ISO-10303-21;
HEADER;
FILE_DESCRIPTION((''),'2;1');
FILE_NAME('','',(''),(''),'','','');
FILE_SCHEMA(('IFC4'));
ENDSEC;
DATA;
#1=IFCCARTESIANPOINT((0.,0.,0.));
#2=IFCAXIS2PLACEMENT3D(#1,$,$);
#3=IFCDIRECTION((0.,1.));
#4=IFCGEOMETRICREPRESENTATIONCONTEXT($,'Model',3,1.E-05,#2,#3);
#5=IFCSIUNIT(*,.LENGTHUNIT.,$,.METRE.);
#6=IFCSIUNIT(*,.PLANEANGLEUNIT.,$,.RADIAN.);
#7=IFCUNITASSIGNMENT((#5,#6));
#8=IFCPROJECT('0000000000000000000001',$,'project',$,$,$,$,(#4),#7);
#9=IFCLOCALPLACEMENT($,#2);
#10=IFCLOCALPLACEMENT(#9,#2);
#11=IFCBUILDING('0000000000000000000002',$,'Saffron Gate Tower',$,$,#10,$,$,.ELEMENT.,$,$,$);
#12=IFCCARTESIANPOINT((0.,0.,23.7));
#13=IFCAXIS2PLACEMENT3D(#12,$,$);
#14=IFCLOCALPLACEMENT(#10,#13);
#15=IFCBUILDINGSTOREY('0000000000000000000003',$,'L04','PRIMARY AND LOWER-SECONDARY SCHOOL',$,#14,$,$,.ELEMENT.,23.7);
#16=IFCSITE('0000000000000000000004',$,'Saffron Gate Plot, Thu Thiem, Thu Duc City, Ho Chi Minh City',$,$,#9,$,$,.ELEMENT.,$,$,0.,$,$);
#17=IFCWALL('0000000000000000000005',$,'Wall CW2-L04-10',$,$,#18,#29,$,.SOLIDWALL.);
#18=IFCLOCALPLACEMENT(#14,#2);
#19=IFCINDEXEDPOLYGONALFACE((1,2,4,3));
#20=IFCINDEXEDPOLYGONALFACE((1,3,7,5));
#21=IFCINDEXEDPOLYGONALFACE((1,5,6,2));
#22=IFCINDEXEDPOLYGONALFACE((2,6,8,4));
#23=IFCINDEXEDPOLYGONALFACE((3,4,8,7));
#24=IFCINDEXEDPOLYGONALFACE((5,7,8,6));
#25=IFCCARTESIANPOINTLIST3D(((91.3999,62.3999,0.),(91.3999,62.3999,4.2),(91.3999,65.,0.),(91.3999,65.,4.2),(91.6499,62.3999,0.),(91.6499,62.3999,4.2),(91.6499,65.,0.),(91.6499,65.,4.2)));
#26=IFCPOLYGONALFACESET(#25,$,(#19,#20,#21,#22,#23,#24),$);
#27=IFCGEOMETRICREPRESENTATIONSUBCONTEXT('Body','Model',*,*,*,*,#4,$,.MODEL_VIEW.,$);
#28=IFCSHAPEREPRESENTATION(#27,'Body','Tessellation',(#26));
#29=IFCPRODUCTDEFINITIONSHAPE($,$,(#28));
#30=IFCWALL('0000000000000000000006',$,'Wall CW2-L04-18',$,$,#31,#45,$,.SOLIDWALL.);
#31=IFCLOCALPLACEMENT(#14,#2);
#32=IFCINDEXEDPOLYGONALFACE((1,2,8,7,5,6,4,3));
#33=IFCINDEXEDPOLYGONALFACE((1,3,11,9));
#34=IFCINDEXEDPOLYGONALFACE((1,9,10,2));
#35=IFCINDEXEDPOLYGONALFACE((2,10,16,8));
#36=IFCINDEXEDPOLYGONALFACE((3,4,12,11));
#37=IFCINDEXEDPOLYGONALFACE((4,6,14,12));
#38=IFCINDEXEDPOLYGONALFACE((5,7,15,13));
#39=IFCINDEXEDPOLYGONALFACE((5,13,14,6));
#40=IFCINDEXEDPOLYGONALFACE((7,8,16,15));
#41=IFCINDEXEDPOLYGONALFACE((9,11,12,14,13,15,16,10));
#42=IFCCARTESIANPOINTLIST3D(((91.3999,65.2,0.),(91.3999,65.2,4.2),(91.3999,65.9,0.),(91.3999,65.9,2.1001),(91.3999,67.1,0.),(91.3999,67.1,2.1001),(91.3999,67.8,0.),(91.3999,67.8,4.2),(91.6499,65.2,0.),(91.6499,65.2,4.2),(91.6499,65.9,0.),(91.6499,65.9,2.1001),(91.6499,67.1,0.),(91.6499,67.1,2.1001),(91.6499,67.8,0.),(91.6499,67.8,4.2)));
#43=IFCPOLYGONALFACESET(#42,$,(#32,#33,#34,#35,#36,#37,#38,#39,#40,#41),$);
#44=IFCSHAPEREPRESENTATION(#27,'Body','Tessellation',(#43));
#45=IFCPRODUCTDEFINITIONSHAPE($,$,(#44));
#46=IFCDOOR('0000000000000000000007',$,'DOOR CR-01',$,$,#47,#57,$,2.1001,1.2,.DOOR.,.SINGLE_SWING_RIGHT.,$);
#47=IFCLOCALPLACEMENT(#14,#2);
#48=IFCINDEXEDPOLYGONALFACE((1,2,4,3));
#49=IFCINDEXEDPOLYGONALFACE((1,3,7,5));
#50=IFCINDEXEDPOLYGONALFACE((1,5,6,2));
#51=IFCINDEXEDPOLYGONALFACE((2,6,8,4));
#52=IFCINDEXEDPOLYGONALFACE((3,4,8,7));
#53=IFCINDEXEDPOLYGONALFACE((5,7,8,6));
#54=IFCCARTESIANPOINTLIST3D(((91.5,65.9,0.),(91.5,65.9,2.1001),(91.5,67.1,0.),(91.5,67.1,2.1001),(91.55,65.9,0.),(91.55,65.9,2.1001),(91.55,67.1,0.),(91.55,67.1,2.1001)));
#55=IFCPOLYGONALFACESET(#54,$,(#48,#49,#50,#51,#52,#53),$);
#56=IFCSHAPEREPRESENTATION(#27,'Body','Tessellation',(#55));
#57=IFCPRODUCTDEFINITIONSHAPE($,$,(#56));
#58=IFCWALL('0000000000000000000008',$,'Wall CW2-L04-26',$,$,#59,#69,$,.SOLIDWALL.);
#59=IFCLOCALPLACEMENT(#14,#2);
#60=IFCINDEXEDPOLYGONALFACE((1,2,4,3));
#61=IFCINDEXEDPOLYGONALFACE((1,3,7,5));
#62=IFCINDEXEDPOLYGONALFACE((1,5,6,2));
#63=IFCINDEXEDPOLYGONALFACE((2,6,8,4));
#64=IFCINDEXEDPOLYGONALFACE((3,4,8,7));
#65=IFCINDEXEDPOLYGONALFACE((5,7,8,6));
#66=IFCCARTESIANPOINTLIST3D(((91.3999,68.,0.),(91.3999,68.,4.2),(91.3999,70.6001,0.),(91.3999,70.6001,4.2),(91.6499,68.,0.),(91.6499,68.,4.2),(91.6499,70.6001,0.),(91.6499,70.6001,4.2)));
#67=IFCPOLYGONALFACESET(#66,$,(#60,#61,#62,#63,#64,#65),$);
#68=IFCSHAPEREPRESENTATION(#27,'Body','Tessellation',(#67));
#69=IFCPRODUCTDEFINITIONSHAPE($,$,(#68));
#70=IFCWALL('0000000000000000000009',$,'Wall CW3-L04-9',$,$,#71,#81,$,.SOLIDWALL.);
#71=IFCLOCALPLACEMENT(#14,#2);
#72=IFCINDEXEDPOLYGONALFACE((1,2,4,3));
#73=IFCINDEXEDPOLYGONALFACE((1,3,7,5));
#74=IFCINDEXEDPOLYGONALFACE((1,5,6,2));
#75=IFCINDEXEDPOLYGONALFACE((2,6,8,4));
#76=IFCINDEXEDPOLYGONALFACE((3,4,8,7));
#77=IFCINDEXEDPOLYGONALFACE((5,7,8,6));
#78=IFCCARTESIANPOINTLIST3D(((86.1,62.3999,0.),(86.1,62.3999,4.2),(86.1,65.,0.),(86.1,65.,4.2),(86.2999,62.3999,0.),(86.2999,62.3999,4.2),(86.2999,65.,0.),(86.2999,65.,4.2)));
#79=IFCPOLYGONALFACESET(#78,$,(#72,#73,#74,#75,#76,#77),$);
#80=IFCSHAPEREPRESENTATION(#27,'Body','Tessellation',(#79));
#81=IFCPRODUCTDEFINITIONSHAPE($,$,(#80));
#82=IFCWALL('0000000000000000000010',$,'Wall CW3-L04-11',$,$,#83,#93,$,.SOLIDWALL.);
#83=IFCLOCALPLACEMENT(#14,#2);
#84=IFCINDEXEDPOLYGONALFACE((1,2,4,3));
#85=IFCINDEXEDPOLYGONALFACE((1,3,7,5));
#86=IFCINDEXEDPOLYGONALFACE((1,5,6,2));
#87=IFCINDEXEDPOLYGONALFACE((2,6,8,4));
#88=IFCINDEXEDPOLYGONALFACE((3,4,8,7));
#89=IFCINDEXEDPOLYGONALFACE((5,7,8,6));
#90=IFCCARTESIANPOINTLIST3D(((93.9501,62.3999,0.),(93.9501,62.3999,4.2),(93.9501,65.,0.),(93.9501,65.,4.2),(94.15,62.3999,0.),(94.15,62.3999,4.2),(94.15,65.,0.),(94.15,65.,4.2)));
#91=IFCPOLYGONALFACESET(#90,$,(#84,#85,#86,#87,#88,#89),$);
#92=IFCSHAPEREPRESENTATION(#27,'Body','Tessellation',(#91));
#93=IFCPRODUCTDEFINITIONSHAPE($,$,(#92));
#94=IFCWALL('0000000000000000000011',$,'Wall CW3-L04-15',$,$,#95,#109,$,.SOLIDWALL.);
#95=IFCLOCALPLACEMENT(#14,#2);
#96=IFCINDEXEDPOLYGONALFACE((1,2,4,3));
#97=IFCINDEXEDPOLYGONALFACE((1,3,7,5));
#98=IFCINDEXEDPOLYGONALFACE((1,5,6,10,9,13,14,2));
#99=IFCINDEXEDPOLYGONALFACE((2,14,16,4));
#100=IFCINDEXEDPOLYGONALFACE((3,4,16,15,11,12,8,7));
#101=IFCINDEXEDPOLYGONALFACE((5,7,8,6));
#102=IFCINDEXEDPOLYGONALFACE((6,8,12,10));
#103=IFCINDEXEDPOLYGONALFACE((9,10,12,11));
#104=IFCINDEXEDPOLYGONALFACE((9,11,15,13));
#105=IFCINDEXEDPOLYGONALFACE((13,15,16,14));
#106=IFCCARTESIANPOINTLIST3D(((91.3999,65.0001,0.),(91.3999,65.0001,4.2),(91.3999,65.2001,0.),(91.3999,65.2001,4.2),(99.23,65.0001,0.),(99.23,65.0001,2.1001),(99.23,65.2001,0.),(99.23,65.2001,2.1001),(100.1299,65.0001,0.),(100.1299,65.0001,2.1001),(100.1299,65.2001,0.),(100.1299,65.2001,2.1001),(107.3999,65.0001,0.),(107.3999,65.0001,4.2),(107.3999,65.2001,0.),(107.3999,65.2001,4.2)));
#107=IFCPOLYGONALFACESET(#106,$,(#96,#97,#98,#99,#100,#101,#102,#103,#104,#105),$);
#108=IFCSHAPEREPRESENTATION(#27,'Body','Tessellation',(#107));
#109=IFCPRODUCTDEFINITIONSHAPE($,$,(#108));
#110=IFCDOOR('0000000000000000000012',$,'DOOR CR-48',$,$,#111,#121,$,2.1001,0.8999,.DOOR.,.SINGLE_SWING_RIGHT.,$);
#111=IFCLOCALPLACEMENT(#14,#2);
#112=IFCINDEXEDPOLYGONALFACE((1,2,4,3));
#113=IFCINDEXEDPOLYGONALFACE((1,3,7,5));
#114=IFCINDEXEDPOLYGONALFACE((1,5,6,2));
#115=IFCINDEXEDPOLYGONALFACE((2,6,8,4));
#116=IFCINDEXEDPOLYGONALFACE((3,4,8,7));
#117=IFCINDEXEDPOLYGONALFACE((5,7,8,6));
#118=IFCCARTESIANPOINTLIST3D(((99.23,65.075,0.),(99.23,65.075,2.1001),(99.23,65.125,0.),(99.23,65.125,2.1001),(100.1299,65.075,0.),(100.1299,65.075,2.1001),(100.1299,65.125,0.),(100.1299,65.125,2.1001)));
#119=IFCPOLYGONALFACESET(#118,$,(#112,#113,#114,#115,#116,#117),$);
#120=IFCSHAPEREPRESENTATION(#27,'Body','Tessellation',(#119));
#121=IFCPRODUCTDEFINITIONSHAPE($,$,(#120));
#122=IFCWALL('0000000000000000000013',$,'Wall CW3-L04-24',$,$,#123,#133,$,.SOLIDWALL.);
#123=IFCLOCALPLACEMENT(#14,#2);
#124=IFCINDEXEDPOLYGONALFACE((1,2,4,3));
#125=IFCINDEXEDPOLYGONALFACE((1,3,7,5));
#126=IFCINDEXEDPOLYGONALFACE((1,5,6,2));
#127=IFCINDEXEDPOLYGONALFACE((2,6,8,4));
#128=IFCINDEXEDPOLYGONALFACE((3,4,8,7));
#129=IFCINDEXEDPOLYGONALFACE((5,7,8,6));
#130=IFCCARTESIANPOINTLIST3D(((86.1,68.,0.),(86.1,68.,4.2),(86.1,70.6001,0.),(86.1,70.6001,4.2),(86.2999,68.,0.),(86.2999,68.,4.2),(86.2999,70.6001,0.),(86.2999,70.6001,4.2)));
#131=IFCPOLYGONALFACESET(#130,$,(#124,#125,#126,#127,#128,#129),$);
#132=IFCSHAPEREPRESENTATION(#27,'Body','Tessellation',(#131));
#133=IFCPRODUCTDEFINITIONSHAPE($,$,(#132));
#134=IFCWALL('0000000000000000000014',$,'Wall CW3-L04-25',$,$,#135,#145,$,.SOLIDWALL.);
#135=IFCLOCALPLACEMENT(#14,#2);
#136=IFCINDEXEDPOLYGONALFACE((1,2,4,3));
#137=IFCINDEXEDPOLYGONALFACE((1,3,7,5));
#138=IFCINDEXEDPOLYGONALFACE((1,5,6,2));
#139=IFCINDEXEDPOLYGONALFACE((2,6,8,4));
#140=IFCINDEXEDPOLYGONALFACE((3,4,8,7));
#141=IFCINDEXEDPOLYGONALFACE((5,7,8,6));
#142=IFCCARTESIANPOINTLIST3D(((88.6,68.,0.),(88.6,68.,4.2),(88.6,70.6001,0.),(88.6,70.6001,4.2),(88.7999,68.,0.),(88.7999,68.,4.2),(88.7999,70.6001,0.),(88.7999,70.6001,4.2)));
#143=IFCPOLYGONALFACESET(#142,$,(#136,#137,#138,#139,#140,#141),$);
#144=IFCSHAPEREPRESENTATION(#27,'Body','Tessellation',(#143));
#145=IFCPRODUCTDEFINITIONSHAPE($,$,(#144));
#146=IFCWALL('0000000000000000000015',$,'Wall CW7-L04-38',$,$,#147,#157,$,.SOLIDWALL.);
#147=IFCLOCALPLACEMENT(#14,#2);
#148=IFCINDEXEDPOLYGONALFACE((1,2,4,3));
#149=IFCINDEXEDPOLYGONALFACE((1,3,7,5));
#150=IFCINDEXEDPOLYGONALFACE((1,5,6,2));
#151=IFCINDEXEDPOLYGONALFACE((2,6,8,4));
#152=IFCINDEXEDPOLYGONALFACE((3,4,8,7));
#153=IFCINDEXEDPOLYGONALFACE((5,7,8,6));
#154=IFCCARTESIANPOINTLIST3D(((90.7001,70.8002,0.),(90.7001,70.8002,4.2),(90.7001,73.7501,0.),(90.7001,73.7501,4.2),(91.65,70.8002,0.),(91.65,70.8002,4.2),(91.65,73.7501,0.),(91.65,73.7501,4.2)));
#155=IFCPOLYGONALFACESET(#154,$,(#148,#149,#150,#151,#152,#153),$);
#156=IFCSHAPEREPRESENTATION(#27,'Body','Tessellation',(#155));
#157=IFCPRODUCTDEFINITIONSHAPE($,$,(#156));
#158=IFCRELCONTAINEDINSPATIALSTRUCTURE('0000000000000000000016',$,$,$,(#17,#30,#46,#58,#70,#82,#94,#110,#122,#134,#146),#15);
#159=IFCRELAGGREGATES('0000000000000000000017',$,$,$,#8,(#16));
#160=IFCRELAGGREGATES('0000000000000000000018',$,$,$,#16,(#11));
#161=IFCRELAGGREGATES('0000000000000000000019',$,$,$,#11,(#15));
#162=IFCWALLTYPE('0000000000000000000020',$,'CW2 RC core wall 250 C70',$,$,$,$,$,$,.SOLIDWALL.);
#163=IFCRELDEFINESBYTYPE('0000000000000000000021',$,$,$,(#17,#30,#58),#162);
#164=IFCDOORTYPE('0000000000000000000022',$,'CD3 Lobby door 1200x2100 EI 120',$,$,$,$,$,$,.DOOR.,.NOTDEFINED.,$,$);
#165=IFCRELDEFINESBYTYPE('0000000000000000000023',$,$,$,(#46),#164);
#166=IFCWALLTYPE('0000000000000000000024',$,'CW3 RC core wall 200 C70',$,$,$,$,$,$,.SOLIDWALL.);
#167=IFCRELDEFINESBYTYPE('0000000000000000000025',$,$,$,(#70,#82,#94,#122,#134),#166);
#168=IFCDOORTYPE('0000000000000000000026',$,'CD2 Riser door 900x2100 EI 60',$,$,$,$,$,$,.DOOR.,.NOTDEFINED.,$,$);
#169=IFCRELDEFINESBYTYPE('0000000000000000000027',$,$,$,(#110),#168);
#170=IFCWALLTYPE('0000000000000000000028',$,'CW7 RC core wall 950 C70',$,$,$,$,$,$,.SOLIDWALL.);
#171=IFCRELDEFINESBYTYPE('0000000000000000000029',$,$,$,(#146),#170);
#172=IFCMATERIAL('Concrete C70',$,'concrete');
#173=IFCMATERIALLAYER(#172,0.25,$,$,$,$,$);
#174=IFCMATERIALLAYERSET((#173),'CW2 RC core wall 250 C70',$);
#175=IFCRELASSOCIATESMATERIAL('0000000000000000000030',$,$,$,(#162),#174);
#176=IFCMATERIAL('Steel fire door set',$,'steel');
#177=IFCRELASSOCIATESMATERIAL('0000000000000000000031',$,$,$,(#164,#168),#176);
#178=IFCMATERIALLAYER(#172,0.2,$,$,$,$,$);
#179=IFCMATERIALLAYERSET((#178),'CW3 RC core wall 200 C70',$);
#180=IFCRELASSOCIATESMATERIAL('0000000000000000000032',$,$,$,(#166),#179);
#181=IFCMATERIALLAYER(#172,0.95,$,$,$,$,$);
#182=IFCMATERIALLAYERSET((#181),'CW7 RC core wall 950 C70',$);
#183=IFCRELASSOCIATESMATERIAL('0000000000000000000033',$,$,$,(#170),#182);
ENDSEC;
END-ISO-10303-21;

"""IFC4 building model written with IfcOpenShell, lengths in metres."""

from ifc_helpers import new_model, si_unit, direction, frame, frame_2d, origin, place, context, subcontext, project, spatial, rectangle, extrude, material, layer, layer_set, type_object, element, fill, save


model = new_model("IFC4")

# Units and contexts
model_context = context("Model", 3, precision=1e-05, world=origin(), true_north=direction((0.0, 1.0)))
body_context = subcontext(model_context, "Body", "Model", "MODEL_VIEW")
ifc_project = project(units=[si_unit("LENGTHUNIT", "METRE"), si_unit("PLANEANGLEUNIT", "RADIAN")], contexts=[model_context])

# Site, building, storey
site_placement = place(None, origin())
site = spatial("IfcSite", under=ifc_project, at=site_placement, Name="Saffron Gate Plot, Thu Thiem, Thu Duc City, Ho Chi Minh City", CompositionType="ELEMENT", RefElevation=0.0)
building_placement = place(site_placement, origin())
building = spatial("IfcBuilding", under=site, at=building_placement, Name="Saffron Gate Tower", CompositionType="ELEMENT")
storey_placement = place(building_placement, frame((0.0, 0.0, 23.7)))
storey = spatial("IfcBuildingStorey", under=building, at=storey_placement, Name="L04", Description="PRIMARY AND LOWER-SECONDARY SCHOOL", CompositionType="ELEMENT", Elevation=23.7)

# Wall
ifc_material_1 = material(Name="Concrete C70", Category="concrete")
ifc_layer_1 = layer(ifc_material_1, 0.25)
ifc_layer_set_1 = layer_set([ifc_layer_1], Name="CW2 RC core wall 250 C70")
wall_type_1 = type_object("IfcWallType", Name="CW2 RC core wall 250 C70", PredefinedType="SOLIDWALL", material=ifc_layer_set_1)
wall_1_placement = place(storey_placement, frame((91.5249, 62.3999, 0.0), z_axis=(0.0, 0.0, 1.0), x_axis=(0.0, 1.0, 0.0)))
element("IfcWall", 1, at=wall_1_placement, inside=storey, type_object=wall_type_1, Name="Wall CW2-L04-10", PredefinedType="SOLIDWALL", context=body_context, shape_type="SweptSolid", body=[
    extrude(rectangle(XDim=2.6001, YDim=0.25, at=frame_2d((1.3, 0.0))), origin(), (0.0, 0.0, 1.0), 4.2),
])

# Wall, opening, door
wall_2_placement = place(storey_placement, frame((91.5249, 65.2, 0.0), z_axis=(0.0, 0.0, 1.0), x_axis=(0.0, 1.0, 0.0)))
wall_2 = element("IfcWall", 2, at=wall_2_placement, inside=storey, type_object=wall_type_1, Name="Wall CW2-L04-18", PredefinedType="SOLIDWALL", context=body_context, shape_type="SweptSolid", body=[
    extrude(rectangle(XDim=2.6001, YDim=0.25, at=frame_2d((1.3, 0.0))), origin(), (0.0, 0.0, 1.0), 4.2),
])
opening_1_placement = place(wall_2_placement, frame((0.7, 0.0, 0.0)))
opening_1 = element("IfcOpeningElement", 3, at=opening_1_placement, cuts=wall_2, PredefinedType="OPENING", context=body_context, shape_type="SweptSolid", body=[
    extrude(rectangle(XDim=1.2, YDim=2.1001, at=frame_2d((0.6001, 1.05))), frame((0.0, 0.135, 0.0), z_axis=(0.0, -1.0, 0.0), x_axis=(1.0, 0.0, 0.0)), (0.0, 0.0, 1.0), 0.27),
])
ifc_material_2 = material(Name="Steel fire door set", Category="steel")
door_type_1 = type_object("IfcDoorType", Name="CD3 Lobby door 1200x2100 EI 120", OperationType="NOTDEFINED", PredefinedType="DOOR", material=ifc_material_2)
door_1_placement = place(opening_1_placement, origin())
door_1 = element("IfcDoor", 4, at=door_1_placement, inside=storey, type_object=door_type_1, Name="DOOR CR-01", OperationType="SINGLE_SWING_RIGHT", OverallHeight=2.1001, OverallWidth=1.2, PredefinedType="DOOR", context=body_context, shape_type="SweptSolid", body=[
    extrude(rectangle(XDim=1.2, YDim=2.1001, at=frame_2d((0.6001, 1.05))), frame((0.0, 0.0249, 0.0), z_axis=(0.0, -1.0, 0.0), x_axis=(1.0, 0.0, 0.0)), (0.0, 0.0, 1.0), 0.05),
])
fill(opening_1, door_1)

# Walls
wall_3_placement = place(storey_placement, frame((91.5249, 68.0, 0.0), z_axis=(0.0, 0.0, 1.0), x_axis=(0.0, 1.0, 0.0)))
element("IfcWall", 5, at=wall_3_placement, inside=storey, type_object=wall_type_1, Name="Wall CW2-L04-26", PredefinedType="SOLIDWALL", context=body_context, shape_type="SweptSolid", body=[
    extrude(rectangle(XDim=2.6001, YDim=0.25, at=frame_2d((1.3, 0.0))), origin(), (0.0, 0.0, 1.0), 4.2),
])
ifc_layer_2 = layer(ifc_material_1, 0.2)
ifc_layer_set_2 = layer_set([ifc_layer_2], Name="CW3 RC core wall 200 C70")
wall_type_2 = type_object("IfcWallType", Name="CW3 RC core wall 200 C70", PredefinedType="SOLIDWALL", material=ifc_layer_set_2)
for number, where, z_axis, x_axis, name in (
    (6, (86.2, 62.3999, 0.0), (0.0, 0.0, 1.0), (0.0, 1.0, 0.0), "Wall CW3-L04-9"),
    (7, (94.05, 62.3999, 0.0), (0.0, 0.0, 1.0), (0.0, 1.0, 0.0), "Wall CW3-L04-11"),
):
    element("IfcWall", number, at=place(storey_placement, frame(where, z_axis=z_axis, x_axis=x_axis)), inside=storey, type_object=wall_type_2, Name=name, PredefinedType="SOLIDWALL", context=body_context, shape_type="SweptSolid", body=[
        extrude(rectangle(XDim=2.6001, YDim=0.2, at=frame_2d((1.3, 0.0))), origin(), (0.0, 0.0, 1.0), 4.2),
    ])

# Wall, opening, door
wall_4_placement = place(storey_placement, frame((91.3999, 65.1001, 0.0), z_axis=(0.0, 0.0, 1.0), x_axis=(1.0, 0.0, 0.0)))
wall_4 = element("IfcWall", 8, at=wall_4_placement, inside=storey, type_object=wall_type_2, Name="Wall CW3-L04-15", PredefinedType="SOLIDWALL", context=body_context, shape_type="SweptSolid", body=[
    extrude(rectangle(XDim=16.0, YDim=0.2, at=frame_2d((8.0, 0.0))), origin(), (0.0, 0.0, 1.0), 4.2),
])
opening_2_placement = place(wall_4_placement, frame((7.8301, 0.0, 0.0)))
opening_2 = element("IfcOpeningElement", 9, at=opening_2_placement, cuts=wall_4, PredefinedType="OPENING", context=body_context, shape_type="SweptSolid", body=[
    extrude(rectangle(XDim=0.8999, YDim=2.1001, at=frame_2d((0.45, 1.05))), frame((0.0, 0.1099, 0.0), z_axis=(0.0, -1.0, 0.0), x_axis=(1.0, 0.0, 0.0)), (0.0, 0.0, 1.0), 0.22),
])
door_type_2 = type_object("IfcDoorType", Name="CD2 Riser door 900x2100 EI 60", OperationType="NOTDEFINED", PredefinedType="DOOR", material=ifc_material_2)
door_2_placement = place(opening_2_placement, origin())
door_2 = element("IfcDoor", 10, at=door_2_placement, inside=storey, type_object=door_type_2, Name="DOOR CR-48", OperationType="SINGLE_SWING_RIGHT", OverallHeight=2.1001, OverallWidth=0.8999, PredefinedType="DOOR", context=body_context, shape_type="SweptSolid", body=[
    extrude(rectangle(XDim=0.8999, YDim=2.1001, at=frame_2d((0.45, 1.05))), frame((0.0, 0.0249, 0.0), z_axis=(0.0, -1.0, 0.0), x_axis=(1.0, 0.0, 0.0)), (0.0, 0.0, 1.0), 0.05),
])
fill(opening_2, door_2)

# Walls
for number, where, z_axis, x_axis, name in (
    (11, (86.2, 68.0, 0.0), (0.0, 0.0, 1.0), (0.0, 1.0, 0.0), "Wall CW3-L04-24"),
    (12, (88.7, 68.0, 0.0), (0.0, 0.0, 1.0), (0.0, 1.0, 0.0), "Wall CW3-L04-25"),
):
    element("IfcWall", number, at=place(storey_placement, frame(where, z_axis=z_axis, x_axis=x_axis)), inside=storey, type_object=wall_type_2, Name=name, PredefinedType="SOLIDWALL", context=body_context, shape_type="SweptSolid", body=[
        extrude(rectangle(XDim=2.6001, YDim=0.2, at=frame_2d((1.3, 0.0))), origin(), (0.0, 0.0, 1.0), 4.2),
    ])
ifc_layer_3 = layer(ifc_material_1, 0.95)
ifc_layer_set_3 = layer_set([ifc_layer_3], Name="CW7 RC core wall 950 C70")
wall_type_3 = type_object("IfcWallType", Name="CW7 RC core wall 950 C70", PredefinedType="SOLIDWALL", material=ifc_layer_set_3)
wall_5_placement = place(storey_placement, frame((91.175, 70.8, 0.0), z_axis=(0.0, 0.0, 1.0), x_axis=(0.0, 1.0, 0.0)))
element("IfcWall", 13, at=wall_5_placement, inside=storey, type_object=wall_type_3, Name="Wall CW7-L04-38", PredefinedType="SOLIDWALL", context=body_context, shape_type="SweptSolid", body=[
    extrude(rectangle(XDim=2.95, YDim=0.95, at=frame_2d((1.4751, 0.0))), origin(), (0.0, 0.0, 1.0), 4.2),
])

save(model, "model.ifc")
